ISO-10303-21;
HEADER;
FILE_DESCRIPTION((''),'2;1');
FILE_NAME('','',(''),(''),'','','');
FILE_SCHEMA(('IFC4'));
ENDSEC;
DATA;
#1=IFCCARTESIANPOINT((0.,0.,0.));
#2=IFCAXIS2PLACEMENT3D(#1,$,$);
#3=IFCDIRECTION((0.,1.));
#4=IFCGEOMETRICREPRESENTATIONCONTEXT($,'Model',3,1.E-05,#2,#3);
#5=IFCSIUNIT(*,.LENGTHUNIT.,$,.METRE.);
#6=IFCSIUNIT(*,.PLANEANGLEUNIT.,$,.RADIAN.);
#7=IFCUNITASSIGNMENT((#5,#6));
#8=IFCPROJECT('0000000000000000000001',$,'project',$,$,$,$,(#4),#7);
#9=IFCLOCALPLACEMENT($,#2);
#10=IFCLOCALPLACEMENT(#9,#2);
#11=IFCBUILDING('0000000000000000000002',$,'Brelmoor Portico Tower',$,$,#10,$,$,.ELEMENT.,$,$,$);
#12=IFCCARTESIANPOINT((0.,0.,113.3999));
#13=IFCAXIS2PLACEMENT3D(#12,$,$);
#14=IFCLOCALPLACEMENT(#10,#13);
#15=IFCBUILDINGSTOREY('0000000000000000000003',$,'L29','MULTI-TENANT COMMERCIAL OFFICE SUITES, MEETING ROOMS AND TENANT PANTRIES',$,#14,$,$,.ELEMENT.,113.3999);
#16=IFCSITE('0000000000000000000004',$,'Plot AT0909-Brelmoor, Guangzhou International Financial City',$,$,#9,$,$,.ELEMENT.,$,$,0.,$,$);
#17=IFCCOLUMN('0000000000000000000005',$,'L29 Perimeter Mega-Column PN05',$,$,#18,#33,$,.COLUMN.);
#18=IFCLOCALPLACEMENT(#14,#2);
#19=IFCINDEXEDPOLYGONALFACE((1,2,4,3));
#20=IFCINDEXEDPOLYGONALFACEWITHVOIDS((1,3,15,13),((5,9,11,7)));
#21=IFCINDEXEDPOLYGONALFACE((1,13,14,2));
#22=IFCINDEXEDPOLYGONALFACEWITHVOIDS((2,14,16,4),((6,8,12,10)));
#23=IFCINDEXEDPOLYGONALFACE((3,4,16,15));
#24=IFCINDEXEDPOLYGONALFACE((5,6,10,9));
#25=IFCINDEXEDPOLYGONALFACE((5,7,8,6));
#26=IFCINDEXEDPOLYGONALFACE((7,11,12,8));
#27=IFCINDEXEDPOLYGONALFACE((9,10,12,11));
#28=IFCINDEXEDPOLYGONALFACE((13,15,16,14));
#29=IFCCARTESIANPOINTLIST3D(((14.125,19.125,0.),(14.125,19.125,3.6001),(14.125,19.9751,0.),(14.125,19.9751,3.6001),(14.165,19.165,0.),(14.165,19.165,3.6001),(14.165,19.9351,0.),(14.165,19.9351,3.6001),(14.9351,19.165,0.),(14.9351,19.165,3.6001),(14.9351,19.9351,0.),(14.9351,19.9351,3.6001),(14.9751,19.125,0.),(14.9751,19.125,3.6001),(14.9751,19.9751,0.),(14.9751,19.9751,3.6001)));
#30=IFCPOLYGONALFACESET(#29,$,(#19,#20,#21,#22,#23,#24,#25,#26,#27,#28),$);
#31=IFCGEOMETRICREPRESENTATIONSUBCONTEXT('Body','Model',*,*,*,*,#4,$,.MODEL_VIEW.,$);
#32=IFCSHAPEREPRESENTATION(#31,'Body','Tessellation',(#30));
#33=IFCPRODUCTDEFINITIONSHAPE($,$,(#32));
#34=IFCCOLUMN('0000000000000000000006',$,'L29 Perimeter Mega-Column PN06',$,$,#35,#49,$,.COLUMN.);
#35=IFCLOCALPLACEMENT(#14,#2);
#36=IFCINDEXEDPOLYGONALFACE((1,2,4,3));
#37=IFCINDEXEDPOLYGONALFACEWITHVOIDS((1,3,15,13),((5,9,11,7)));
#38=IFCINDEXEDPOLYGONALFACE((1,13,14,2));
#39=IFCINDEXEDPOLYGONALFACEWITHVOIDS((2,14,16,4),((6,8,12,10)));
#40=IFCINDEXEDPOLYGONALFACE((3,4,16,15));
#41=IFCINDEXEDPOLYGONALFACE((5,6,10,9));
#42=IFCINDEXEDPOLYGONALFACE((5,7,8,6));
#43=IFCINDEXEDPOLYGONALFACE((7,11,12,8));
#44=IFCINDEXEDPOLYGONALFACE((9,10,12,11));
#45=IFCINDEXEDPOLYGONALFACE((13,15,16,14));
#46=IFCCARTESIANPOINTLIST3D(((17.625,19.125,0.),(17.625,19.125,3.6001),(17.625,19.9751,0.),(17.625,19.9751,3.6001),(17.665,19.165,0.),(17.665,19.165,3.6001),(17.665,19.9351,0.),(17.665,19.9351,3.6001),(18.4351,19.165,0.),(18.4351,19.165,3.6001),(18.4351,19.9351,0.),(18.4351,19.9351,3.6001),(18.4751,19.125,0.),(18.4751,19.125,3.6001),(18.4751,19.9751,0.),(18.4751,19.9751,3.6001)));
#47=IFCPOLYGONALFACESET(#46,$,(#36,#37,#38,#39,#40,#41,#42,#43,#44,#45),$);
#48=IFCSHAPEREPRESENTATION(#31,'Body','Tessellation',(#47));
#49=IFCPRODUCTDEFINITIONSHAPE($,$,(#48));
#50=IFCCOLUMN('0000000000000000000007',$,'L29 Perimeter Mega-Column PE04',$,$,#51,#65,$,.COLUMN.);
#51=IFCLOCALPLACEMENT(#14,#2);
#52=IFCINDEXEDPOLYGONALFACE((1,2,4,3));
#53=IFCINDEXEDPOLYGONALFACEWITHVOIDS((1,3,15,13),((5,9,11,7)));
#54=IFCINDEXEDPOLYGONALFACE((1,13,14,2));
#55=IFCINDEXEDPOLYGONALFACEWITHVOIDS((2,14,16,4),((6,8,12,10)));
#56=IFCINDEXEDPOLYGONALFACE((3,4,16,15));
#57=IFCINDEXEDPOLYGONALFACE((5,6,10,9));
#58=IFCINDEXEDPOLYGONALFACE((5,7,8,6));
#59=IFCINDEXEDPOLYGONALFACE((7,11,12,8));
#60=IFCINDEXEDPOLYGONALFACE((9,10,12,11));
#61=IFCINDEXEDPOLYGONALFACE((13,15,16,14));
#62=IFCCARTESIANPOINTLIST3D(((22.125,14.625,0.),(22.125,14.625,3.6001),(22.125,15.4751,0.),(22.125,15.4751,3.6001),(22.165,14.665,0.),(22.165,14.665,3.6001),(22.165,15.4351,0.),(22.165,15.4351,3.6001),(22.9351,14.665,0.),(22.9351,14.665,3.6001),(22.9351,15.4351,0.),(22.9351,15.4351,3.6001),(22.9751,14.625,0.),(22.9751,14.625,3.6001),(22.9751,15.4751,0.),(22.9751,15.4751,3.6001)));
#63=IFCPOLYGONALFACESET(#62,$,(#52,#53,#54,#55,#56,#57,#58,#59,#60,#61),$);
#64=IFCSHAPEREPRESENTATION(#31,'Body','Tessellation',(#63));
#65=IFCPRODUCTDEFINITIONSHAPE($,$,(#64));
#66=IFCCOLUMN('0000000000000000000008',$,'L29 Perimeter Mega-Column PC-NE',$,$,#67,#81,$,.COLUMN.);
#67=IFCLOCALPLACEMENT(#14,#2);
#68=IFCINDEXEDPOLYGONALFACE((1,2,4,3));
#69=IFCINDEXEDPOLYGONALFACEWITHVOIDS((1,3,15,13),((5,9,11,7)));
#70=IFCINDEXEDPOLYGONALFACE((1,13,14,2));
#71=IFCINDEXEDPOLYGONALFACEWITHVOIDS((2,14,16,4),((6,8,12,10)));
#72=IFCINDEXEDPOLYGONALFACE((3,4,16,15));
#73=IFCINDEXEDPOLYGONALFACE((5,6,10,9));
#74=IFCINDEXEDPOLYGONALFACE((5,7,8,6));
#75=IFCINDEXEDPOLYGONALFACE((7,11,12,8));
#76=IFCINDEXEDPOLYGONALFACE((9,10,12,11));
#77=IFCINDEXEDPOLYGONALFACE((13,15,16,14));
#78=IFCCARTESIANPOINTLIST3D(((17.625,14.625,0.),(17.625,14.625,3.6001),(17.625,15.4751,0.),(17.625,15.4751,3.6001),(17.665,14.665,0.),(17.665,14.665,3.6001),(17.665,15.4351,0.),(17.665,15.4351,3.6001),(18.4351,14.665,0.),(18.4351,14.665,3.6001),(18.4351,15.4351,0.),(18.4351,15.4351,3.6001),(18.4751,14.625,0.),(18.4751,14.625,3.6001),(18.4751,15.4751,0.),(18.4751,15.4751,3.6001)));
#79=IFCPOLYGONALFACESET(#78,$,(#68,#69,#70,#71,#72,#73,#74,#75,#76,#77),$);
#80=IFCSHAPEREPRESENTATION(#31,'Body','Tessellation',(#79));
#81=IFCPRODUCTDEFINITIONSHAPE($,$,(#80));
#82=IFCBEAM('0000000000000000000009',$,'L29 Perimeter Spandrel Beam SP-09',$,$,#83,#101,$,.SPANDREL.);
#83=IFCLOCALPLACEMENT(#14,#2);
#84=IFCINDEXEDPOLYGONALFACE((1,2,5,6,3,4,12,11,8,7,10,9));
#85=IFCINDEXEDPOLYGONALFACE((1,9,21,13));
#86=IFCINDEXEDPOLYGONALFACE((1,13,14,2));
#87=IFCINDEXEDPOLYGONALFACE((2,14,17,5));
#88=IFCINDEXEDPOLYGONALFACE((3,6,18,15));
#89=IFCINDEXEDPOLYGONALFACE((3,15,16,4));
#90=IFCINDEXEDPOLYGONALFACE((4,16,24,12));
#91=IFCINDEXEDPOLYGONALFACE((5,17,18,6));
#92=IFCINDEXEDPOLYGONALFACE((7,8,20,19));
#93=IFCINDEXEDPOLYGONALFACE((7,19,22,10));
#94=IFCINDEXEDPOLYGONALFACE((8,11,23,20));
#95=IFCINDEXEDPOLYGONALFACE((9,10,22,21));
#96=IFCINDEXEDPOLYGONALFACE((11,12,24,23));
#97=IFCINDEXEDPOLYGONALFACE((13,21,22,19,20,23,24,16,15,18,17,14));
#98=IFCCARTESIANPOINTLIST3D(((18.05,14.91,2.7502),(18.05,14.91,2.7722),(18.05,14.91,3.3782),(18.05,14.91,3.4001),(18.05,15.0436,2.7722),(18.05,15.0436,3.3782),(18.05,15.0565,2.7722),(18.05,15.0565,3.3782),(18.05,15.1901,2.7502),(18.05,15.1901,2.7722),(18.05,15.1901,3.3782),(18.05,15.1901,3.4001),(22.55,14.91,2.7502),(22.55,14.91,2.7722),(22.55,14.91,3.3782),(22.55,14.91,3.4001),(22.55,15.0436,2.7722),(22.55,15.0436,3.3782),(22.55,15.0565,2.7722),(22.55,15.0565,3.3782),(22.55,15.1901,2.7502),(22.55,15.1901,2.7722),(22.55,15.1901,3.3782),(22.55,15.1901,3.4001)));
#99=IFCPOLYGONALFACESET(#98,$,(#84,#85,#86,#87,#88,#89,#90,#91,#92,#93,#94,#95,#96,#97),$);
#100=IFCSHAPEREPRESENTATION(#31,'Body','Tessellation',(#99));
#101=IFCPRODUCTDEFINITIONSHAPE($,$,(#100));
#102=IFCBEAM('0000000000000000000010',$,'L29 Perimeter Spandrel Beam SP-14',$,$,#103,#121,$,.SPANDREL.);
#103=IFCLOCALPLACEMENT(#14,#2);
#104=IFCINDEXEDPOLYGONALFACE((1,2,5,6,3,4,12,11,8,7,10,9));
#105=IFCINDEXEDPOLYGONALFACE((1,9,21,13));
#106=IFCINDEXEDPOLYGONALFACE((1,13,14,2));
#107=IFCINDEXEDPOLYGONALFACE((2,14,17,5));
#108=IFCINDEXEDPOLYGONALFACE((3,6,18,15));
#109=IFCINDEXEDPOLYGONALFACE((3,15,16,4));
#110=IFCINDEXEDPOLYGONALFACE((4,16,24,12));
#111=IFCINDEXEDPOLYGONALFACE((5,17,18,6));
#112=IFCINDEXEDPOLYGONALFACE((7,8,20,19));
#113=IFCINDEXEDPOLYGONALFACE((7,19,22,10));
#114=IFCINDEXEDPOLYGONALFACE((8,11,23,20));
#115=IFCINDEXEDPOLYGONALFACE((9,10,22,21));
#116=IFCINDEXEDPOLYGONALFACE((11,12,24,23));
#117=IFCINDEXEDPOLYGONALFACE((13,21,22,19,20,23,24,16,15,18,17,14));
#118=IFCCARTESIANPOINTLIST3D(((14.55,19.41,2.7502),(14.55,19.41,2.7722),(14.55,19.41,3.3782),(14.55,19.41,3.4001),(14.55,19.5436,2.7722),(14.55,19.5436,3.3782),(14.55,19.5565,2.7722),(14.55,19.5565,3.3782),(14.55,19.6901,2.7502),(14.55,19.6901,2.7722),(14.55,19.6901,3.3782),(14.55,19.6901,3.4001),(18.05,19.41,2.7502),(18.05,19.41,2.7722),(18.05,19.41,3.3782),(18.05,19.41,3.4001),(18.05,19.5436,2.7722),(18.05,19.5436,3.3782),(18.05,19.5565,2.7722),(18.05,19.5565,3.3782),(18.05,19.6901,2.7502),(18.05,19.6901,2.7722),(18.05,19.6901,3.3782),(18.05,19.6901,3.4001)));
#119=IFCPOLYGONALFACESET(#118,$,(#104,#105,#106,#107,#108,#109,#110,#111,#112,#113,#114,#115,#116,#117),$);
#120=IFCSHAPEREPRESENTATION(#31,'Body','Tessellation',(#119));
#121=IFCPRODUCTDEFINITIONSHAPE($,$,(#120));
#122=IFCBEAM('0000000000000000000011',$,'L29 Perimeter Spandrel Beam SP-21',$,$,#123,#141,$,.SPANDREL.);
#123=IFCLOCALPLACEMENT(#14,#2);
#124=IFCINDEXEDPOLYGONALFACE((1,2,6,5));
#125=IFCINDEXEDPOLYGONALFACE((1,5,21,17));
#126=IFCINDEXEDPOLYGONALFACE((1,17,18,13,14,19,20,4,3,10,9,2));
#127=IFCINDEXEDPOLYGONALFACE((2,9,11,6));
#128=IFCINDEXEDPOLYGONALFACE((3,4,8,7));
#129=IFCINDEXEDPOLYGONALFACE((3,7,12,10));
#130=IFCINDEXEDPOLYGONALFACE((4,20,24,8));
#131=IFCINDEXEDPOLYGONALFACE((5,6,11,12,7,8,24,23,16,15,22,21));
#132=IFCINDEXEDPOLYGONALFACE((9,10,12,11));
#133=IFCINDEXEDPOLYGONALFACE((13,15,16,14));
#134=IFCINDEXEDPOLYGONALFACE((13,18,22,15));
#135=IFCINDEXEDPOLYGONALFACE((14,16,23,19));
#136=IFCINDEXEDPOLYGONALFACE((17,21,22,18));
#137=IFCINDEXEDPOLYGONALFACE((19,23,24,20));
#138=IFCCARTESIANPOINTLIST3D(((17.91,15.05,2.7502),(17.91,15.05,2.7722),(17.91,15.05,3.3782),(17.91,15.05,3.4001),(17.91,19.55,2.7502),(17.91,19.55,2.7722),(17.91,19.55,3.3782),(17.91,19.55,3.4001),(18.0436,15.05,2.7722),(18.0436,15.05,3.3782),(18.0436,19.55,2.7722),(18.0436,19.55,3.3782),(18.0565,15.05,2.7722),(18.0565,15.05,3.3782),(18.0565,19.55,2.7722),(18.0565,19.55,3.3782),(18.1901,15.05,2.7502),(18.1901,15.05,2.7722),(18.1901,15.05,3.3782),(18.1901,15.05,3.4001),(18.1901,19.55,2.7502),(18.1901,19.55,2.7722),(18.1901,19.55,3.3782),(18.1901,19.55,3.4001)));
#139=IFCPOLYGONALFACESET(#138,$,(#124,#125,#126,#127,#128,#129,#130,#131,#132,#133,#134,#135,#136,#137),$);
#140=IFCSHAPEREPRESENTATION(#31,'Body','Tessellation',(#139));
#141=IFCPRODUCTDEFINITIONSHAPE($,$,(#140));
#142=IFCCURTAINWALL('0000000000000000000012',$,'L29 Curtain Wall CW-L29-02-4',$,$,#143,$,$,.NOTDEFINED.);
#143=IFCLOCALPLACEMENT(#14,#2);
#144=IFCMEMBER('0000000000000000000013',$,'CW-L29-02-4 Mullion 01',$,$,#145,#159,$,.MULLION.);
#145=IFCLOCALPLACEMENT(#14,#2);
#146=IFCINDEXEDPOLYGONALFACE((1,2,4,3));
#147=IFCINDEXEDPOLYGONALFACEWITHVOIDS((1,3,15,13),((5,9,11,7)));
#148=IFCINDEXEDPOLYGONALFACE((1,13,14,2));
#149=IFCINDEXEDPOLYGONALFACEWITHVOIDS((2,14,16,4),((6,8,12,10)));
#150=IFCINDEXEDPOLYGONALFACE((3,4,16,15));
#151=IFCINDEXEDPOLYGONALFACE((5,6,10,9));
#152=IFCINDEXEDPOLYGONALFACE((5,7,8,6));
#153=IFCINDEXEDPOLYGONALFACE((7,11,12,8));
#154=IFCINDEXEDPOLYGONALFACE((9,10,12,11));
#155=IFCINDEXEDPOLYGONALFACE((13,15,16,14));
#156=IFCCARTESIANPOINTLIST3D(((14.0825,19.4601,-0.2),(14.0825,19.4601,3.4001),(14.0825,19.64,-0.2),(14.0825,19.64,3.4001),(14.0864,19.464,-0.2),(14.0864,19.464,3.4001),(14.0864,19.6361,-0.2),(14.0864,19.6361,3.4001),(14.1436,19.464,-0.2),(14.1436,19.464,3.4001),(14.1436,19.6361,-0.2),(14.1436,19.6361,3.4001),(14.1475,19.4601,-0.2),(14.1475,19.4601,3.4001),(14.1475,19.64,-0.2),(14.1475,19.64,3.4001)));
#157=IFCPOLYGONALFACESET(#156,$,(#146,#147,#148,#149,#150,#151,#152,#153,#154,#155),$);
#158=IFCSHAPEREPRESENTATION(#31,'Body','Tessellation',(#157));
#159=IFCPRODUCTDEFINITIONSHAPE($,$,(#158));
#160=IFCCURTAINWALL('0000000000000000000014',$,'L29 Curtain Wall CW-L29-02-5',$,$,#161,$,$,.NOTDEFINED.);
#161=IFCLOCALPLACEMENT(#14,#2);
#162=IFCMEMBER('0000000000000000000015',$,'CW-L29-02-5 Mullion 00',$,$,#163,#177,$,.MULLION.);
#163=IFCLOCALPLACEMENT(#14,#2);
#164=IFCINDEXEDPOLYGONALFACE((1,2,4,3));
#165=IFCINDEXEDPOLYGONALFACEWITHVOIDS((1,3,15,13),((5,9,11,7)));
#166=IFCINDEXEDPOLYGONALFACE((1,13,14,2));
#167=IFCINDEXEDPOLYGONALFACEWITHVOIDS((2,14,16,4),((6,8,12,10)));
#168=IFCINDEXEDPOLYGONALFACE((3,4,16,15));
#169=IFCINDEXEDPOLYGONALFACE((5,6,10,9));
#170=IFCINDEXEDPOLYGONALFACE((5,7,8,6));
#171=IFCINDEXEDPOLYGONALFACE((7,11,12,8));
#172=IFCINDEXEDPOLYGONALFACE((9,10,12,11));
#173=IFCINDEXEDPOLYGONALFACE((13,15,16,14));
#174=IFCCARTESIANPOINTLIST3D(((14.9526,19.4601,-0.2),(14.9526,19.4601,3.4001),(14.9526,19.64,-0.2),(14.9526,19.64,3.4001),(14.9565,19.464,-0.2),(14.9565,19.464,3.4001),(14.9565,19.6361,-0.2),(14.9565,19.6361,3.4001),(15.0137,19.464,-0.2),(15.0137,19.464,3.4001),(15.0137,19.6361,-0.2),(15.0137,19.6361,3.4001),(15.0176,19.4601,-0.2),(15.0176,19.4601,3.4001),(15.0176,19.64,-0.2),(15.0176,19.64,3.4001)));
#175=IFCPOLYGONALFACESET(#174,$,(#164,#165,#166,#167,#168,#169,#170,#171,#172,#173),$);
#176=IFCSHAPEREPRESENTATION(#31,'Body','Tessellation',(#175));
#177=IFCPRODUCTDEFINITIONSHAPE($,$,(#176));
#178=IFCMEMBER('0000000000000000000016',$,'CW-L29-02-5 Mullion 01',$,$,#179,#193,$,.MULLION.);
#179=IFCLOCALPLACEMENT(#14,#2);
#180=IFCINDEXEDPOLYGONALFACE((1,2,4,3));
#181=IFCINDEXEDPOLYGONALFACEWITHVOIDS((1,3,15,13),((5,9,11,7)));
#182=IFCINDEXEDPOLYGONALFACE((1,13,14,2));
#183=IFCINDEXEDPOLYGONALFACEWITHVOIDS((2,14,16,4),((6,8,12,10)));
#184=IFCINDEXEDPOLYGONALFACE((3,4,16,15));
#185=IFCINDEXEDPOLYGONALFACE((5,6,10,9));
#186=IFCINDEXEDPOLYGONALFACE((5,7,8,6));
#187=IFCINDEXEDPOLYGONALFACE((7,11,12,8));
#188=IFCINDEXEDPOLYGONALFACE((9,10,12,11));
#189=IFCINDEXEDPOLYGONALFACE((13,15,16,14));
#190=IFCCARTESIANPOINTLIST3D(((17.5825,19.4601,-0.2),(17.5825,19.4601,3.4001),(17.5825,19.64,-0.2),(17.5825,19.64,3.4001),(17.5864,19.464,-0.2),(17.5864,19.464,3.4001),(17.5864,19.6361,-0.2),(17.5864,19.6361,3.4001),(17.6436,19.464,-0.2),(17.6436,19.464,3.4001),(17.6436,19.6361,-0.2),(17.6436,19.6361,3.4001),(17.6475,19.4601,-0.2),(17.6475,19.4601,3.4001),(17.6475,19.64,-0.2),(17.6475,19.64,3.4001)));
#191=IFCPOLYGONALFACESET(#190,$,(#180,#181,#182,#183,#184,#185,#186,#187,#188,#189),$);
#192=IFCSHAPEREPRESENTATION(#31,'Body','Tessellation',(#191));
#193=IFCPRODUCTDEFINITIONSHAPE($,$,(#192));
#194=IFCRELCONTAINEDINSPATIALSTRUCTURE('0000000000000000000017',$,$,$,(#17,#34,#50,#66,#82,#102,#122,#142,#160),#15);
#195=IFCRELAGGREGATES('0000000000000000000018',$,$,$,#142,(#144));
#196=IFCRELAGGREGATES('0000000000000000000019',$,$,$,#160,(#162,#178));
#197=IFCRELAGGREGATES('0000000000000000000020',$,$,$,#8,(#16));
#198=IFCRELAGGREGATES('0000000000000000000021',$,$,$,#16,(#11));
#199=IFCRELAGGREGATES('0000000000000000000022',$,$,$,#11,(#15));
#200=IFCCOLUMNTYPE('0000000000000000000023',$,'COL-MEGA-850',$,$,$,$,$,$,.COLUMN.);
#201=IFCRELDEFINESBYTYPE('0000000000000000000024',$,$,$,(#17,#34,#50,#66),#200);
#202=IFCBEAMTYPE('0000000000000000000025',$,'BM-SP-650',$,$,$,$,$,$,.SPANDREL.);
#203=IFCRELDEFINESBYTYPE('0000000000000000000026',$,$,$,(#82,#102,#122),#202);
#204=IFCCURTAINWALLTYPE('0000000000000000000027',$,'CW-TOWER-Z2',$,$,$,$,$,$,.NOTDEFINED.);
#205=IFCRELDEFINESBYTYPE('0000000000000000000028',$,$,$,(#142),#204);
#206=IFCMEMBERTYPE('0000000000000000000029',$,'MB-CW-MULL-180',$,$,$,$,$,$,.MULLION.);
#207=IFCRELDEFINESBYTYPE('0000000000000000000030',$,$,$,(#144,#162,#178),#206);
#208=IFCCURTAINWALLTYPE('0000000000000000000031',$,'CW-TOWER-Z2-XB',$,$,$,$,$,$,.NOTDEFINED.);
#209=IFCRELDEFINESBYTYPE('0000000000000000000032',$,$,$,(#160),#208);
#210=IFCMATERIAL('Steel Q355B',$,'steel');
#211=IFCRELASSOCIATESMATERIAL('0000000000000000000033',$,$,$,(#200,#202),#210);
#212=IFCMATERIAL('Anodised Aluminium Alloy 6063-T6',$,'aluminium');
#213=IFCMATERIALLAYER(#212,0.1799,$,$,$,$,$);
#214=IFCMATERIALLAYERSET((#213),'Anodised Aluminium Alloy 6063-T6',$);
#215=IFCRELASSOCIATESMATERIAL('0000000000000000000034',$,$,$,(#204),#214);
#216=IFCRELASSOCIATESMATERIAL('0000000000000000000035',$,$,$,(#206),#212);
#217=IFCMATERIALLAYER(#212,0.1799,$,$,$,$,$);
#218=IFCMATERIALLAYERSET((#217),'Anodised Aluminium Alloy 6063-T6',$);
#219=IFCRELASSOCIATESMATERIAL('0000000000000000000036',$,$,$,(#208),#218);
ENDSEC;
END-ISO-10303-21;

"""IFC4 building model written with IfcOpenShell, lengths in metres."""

from ifc_helpers import new_model, si_unit, direction, frame, origin, origin_2d, place, context, subcontext, project, spatial, hollow_rectangle, i_section, extrude, material, layer, layer_set, material_profile, profile_set, type_object, element, aggregate, save


model = new_model("IFC4")

# Units and contexts
model_context = context("Model", 3, precision=1e-05, world=origin(), true_north=direction((0.0, 1.0)))
body_context = subcontext(model_context, "Body", "Model", "MODEL_VIEW")
ifc_project = project(units=[si_unit("LENGTHUNIT", "METRE"), si_unit("PLANEANGLEUNIT", "RADIAN")], contexts=[model_context])

# Site, building, storey
site_placement = place(None, origin())
site = spatial("IfcSite", under=ifc_project, at=site_placement, Name="Plot AT0909-Brelmoor, Guangzhou International Financial City", CompositionType="ELEMENT", RefElevation=0.0)
building_placement = place(site_placement, origin())
building = spatial("IfcBuilding", under=site, at=building_placement, Name="Brelmoor Portico Tower", CompositionType="ELEMENT")
storey_placement = place(building_placement, frame((0.0, 0.0, 113.3999)))
storey = spatial("IfcBuildingStorey", under=building, at=storey_placement, Name="L29", Description="MULTI-TENANT COMMERCIAL OFFICE SUITES, MEETING ROOMS AND TENANT PANTRIES", CompositionType="ELEMENT", Elevation=113.3999)

# Columns
ifc_material_1 = material(Name="Steel Q355B", Category="steel")
ifc_material_profile_1 = material_profile(ifc_material_1, hollow_rectangle(XDim=0.8501, YDim=0.8501, WallThickness=0.04, at=origin_2d()), Name="BOX 850x850x40")
ifc_profile_set_1 = profile_set([ifc_material_profile_1], Name="Steel Q355B")
column_type = type_object("IfcColumnType", Name="COL-MEGA-850", PredefinedType="COLUMN", material=ifc_profile_set_1)
for number, where, z_axis, x_axis, name in (
    (1, (14.55, 19.55, 0.0), (0.0, 0.0, 1.0), (1.0, 0.0, 0.0), "L29 Perimeter Mega-Column PN05"),
    (2, (18.05, 19.55, 0.0), (0.0, 0.0, 1.0), (1.0, 0.0, 0.0), "L29 Perimeter Mega-Column PN06"),
    (3, (22.55, 15.05, 0.0), (0.0, 0.0, 1.0), (0.0, 1.0, 0.0), "L29 Perimeter Mega-Column PE04"),
    (4, (18.05, 15.05, 0.0), (0.0, 0.0, 1.0), (1.0, 0.0, 0.0), "L29 Perimeter Mega-Column PC-NE"),
):
    element("IfcColumn", number, at=place(storey_placement, frame(where, z_axis=z_axis, x_axis=x_axis)), inside=storey, type_object=column_type, Name=name, PredefinedType="COLUMN", context=body_context, shape_type="SweptSolid", body=[
        extrude(hollow_rectangle(XDim=0.8501, YDim=0.8501, WallThickness=0.04, at=origin_2d()), origin(), (0.0, 0.0, 1.0), 3.6001),
    ])

# Beams
ifc_material_profile_2 = material_profile(ifc_material_1, i_section(OverallWidth=0.28, OverallDepth=0.6499, WebThickness=0.0129, FlangeThickness=0.022, at=origin_2d()), Name="HN 650x280x13x22")
ifc_profile_set_2 = profile_set([ifc_material_profile_2], Name="Steel Q355B")
beam_type = type_object("IfcBeamType", Name="BM-SP-650", PredefinedType="SPANDREL", material=ifc_profile_set_2)
beam_1_placement = place(storey_placement, frame((18.05, 15.05, 3.0752), z_axis=(1.0, 0.0, 0.0), x_axis=(0.0, 1.0, 0.0)))
element("IfcBeam", 5, at=beam_1_placement, inside=storey, type_object=beam_type, Name="L29 Perimeter Spandrel Beam SP-09", PredefinedType="SPANDREL", context=body_context, shape_type="SweptSolid", body=[
    extrude(i_section(OverallWidth=0.28, OverallDepth=0.6499, WebThickness=0.0129, FlangeThickness=0.022, at=origin_2d()), origin(), (0.0, 0.0, 1.0), 4.5),
])
beam_2_placement = place(storey_placement, frame((14.55, 19.55, 3.0752), z_axis=(1.0, 0.0, 0.0), x_axis=(0.0, 1.0, 0.0)))
element("IfcBeam", 6, at=beam_2_placement, inside=storey, type_object=beam_type, Name="L29 Perimeter Spandrel Beam SP-14", PredefinedType="SPANDREL", context=body_context, shape_type="SweptSolid", body=[
    extrude(i_section(OverallWidth=0.28, OverallDepth=0.6499, WebThickness=0.0129, FlangeThickness=0.022, at=origin_2d()), origin(), (0.0, 0.0, 1.0), 3.5),
])
beam_3_placement = place(storey_placement, frame((18.05, 15.05, 3.0752), z_axis=(0.0, 1.0, 0.0), x_axis=(-1.0, 0.0, 0.0)))
element("IfcBeam", 7, at=beam_3_placement, inside=storey, type_object=beam_type, Name="L29 Perimeter Spandrel Beam SP-21", PredefinedType="SPANDREL", context=body_context, shape_type="SweptSolid", body=[
    extrude(i_section(OverallWidth=0.28, OverallDepth=0.6499, WebThickness=0.0129, FlangeThickness=0.022, at=origin_2d()), origin(), (0.0, 0.0, 1.0), 4.5),
])

# Curtain wall, member
ifc_material_2 = material(Name="Anodised Aluminium Alloy 6063-T6", Category="aluminium")
ifc_layer_1 = layer(ifc_material_2, 0.1799)
ifc_layer_set_1 = layer_set([ifc_layer_1], Name="Anodised Aluminium Alloy 6063-T6")
curtain_wall_type_1 = type_object("IfcCurtainWallType", Name="CW-TOWER-Z2", PredefinedType="NOTDEFINED", material=ifc_layer_set_1)
curtain_wall_1_placement = place(storey_placement, origin())
curtain_wall_1 = element("IfcCurtainWall", 8, at=curtain_wall_1_placement, inside=storey, type_object=curtain_wall_type_1, Name="L29 Curtain Wall CW-L29-02-4", PredefinedType="NOTDEFINED")
ifc_material_profile_3 = material_profile(ifc_material_2, hollow_rectangle(XDim=0.0649, YDim=0.1799, WallThickness=0.0039, at=origin_2d()), Name="ALU MULLION 65x180")
ifc_profile_set_3 = profile_set([ifc_material_profile_3], Name="Anodised Aluminium Alloy 6063-T6")
member_type_1 = type_object("IfcMemberType", Name="MB-CW-MULL-180", PredefinedType="MULLION", material=ifc_profile_set_3)
member_1_placement = place(storey_placement, frame((14.115, 19.55, -0.2), z_axis=(0.0, 0.0, 1.0), x_axis=(1.0, 0.0, 0.0)))
member_1 = element("IfcMember", 9, at=member_1_placement, type_object=member_type_1, Name="CW-L29-02-4 Mullion 01", PredefinedType="MULLION", context=body_context, shape_type="SweptSolid", body=[
    extrude(hollow_rectangle(XDim=0.0649, YDim=0.1799, WallThickness=0.0039, at=origin_2d()), origin(), (0.0, 0.0, 1.0), 3.6001),
])
aggregate(curtain_wall_1, [member_1])

# Curtain wall, members
ifc_layer_2 = layer(ifc_material_2, 0.1799)
ifc_layer_set_2 = layer_set([ifc_layer_2], Name="Anodised Aluminium Alloy 6063-T6")
curtain_wall_type_2 = type_object("IfcCurtainWallType", Name="CW-TOWER-Z2-XB", PredefinedType="NOTDEFINED", material=ifc_layer_set_2)
curtain_wall_2_placement = place(storey_placement, origin())
curtain_wall_2 = element("IfcCurtainWall", 10, at=curtain_wall_2_placement, inside=storey, type_object=curtain_wall_type_2, Name="L29 Curtain Wall CW-L29-02-5", PredefinedType="NOTDEFINED")
member_2_placement = place(storey_placement, frame((14.9851, 19.55, -0.2), z_axis=(0.0, 0.0, 1.0), x_axis=(1.0, 0.0, 0.0)))
member_2 = element("IfcMember", 11, at=member_2_placement, type_object=member_type_1, Name="CW-L29-02-5 Mullion 00", PredefinedType="MULLION", context=body_context, shape_type="SweptSolid", body=[
    extrude(hollow_rectangle(XDim=0.0649, YDim=0.1799, WallThickness=0.0039, at=origin_2d()), origin(), (0.0, 0.0, 1.0), 3.6001),
])
member_3_placement = place(storey_placement, frame((17.615, 19.55, -0.2), z_axis=(0.0, 0.0, 1.0), x_axis=(1.0, 0.0, 0.0)))
member_3 = element("IfcMember", 12, at=member_3_placement, type_object=member_type_1, Name="CW-L29-02-5 Mullion 01", PredefinedType="MULLION", context=body_context, shape_type="SweptSolid", body=[
    extrude(hollow_rectangle(XDim=0.0649, YDim=0.1799, WallThickness=0.0039, at=origin_2d()), origin(), (0.0, 0.0, 1.0), 3.6001),
])

aggregate(curtain_wall_2, [member_2, member_3])

save(model, "model.ifc")
